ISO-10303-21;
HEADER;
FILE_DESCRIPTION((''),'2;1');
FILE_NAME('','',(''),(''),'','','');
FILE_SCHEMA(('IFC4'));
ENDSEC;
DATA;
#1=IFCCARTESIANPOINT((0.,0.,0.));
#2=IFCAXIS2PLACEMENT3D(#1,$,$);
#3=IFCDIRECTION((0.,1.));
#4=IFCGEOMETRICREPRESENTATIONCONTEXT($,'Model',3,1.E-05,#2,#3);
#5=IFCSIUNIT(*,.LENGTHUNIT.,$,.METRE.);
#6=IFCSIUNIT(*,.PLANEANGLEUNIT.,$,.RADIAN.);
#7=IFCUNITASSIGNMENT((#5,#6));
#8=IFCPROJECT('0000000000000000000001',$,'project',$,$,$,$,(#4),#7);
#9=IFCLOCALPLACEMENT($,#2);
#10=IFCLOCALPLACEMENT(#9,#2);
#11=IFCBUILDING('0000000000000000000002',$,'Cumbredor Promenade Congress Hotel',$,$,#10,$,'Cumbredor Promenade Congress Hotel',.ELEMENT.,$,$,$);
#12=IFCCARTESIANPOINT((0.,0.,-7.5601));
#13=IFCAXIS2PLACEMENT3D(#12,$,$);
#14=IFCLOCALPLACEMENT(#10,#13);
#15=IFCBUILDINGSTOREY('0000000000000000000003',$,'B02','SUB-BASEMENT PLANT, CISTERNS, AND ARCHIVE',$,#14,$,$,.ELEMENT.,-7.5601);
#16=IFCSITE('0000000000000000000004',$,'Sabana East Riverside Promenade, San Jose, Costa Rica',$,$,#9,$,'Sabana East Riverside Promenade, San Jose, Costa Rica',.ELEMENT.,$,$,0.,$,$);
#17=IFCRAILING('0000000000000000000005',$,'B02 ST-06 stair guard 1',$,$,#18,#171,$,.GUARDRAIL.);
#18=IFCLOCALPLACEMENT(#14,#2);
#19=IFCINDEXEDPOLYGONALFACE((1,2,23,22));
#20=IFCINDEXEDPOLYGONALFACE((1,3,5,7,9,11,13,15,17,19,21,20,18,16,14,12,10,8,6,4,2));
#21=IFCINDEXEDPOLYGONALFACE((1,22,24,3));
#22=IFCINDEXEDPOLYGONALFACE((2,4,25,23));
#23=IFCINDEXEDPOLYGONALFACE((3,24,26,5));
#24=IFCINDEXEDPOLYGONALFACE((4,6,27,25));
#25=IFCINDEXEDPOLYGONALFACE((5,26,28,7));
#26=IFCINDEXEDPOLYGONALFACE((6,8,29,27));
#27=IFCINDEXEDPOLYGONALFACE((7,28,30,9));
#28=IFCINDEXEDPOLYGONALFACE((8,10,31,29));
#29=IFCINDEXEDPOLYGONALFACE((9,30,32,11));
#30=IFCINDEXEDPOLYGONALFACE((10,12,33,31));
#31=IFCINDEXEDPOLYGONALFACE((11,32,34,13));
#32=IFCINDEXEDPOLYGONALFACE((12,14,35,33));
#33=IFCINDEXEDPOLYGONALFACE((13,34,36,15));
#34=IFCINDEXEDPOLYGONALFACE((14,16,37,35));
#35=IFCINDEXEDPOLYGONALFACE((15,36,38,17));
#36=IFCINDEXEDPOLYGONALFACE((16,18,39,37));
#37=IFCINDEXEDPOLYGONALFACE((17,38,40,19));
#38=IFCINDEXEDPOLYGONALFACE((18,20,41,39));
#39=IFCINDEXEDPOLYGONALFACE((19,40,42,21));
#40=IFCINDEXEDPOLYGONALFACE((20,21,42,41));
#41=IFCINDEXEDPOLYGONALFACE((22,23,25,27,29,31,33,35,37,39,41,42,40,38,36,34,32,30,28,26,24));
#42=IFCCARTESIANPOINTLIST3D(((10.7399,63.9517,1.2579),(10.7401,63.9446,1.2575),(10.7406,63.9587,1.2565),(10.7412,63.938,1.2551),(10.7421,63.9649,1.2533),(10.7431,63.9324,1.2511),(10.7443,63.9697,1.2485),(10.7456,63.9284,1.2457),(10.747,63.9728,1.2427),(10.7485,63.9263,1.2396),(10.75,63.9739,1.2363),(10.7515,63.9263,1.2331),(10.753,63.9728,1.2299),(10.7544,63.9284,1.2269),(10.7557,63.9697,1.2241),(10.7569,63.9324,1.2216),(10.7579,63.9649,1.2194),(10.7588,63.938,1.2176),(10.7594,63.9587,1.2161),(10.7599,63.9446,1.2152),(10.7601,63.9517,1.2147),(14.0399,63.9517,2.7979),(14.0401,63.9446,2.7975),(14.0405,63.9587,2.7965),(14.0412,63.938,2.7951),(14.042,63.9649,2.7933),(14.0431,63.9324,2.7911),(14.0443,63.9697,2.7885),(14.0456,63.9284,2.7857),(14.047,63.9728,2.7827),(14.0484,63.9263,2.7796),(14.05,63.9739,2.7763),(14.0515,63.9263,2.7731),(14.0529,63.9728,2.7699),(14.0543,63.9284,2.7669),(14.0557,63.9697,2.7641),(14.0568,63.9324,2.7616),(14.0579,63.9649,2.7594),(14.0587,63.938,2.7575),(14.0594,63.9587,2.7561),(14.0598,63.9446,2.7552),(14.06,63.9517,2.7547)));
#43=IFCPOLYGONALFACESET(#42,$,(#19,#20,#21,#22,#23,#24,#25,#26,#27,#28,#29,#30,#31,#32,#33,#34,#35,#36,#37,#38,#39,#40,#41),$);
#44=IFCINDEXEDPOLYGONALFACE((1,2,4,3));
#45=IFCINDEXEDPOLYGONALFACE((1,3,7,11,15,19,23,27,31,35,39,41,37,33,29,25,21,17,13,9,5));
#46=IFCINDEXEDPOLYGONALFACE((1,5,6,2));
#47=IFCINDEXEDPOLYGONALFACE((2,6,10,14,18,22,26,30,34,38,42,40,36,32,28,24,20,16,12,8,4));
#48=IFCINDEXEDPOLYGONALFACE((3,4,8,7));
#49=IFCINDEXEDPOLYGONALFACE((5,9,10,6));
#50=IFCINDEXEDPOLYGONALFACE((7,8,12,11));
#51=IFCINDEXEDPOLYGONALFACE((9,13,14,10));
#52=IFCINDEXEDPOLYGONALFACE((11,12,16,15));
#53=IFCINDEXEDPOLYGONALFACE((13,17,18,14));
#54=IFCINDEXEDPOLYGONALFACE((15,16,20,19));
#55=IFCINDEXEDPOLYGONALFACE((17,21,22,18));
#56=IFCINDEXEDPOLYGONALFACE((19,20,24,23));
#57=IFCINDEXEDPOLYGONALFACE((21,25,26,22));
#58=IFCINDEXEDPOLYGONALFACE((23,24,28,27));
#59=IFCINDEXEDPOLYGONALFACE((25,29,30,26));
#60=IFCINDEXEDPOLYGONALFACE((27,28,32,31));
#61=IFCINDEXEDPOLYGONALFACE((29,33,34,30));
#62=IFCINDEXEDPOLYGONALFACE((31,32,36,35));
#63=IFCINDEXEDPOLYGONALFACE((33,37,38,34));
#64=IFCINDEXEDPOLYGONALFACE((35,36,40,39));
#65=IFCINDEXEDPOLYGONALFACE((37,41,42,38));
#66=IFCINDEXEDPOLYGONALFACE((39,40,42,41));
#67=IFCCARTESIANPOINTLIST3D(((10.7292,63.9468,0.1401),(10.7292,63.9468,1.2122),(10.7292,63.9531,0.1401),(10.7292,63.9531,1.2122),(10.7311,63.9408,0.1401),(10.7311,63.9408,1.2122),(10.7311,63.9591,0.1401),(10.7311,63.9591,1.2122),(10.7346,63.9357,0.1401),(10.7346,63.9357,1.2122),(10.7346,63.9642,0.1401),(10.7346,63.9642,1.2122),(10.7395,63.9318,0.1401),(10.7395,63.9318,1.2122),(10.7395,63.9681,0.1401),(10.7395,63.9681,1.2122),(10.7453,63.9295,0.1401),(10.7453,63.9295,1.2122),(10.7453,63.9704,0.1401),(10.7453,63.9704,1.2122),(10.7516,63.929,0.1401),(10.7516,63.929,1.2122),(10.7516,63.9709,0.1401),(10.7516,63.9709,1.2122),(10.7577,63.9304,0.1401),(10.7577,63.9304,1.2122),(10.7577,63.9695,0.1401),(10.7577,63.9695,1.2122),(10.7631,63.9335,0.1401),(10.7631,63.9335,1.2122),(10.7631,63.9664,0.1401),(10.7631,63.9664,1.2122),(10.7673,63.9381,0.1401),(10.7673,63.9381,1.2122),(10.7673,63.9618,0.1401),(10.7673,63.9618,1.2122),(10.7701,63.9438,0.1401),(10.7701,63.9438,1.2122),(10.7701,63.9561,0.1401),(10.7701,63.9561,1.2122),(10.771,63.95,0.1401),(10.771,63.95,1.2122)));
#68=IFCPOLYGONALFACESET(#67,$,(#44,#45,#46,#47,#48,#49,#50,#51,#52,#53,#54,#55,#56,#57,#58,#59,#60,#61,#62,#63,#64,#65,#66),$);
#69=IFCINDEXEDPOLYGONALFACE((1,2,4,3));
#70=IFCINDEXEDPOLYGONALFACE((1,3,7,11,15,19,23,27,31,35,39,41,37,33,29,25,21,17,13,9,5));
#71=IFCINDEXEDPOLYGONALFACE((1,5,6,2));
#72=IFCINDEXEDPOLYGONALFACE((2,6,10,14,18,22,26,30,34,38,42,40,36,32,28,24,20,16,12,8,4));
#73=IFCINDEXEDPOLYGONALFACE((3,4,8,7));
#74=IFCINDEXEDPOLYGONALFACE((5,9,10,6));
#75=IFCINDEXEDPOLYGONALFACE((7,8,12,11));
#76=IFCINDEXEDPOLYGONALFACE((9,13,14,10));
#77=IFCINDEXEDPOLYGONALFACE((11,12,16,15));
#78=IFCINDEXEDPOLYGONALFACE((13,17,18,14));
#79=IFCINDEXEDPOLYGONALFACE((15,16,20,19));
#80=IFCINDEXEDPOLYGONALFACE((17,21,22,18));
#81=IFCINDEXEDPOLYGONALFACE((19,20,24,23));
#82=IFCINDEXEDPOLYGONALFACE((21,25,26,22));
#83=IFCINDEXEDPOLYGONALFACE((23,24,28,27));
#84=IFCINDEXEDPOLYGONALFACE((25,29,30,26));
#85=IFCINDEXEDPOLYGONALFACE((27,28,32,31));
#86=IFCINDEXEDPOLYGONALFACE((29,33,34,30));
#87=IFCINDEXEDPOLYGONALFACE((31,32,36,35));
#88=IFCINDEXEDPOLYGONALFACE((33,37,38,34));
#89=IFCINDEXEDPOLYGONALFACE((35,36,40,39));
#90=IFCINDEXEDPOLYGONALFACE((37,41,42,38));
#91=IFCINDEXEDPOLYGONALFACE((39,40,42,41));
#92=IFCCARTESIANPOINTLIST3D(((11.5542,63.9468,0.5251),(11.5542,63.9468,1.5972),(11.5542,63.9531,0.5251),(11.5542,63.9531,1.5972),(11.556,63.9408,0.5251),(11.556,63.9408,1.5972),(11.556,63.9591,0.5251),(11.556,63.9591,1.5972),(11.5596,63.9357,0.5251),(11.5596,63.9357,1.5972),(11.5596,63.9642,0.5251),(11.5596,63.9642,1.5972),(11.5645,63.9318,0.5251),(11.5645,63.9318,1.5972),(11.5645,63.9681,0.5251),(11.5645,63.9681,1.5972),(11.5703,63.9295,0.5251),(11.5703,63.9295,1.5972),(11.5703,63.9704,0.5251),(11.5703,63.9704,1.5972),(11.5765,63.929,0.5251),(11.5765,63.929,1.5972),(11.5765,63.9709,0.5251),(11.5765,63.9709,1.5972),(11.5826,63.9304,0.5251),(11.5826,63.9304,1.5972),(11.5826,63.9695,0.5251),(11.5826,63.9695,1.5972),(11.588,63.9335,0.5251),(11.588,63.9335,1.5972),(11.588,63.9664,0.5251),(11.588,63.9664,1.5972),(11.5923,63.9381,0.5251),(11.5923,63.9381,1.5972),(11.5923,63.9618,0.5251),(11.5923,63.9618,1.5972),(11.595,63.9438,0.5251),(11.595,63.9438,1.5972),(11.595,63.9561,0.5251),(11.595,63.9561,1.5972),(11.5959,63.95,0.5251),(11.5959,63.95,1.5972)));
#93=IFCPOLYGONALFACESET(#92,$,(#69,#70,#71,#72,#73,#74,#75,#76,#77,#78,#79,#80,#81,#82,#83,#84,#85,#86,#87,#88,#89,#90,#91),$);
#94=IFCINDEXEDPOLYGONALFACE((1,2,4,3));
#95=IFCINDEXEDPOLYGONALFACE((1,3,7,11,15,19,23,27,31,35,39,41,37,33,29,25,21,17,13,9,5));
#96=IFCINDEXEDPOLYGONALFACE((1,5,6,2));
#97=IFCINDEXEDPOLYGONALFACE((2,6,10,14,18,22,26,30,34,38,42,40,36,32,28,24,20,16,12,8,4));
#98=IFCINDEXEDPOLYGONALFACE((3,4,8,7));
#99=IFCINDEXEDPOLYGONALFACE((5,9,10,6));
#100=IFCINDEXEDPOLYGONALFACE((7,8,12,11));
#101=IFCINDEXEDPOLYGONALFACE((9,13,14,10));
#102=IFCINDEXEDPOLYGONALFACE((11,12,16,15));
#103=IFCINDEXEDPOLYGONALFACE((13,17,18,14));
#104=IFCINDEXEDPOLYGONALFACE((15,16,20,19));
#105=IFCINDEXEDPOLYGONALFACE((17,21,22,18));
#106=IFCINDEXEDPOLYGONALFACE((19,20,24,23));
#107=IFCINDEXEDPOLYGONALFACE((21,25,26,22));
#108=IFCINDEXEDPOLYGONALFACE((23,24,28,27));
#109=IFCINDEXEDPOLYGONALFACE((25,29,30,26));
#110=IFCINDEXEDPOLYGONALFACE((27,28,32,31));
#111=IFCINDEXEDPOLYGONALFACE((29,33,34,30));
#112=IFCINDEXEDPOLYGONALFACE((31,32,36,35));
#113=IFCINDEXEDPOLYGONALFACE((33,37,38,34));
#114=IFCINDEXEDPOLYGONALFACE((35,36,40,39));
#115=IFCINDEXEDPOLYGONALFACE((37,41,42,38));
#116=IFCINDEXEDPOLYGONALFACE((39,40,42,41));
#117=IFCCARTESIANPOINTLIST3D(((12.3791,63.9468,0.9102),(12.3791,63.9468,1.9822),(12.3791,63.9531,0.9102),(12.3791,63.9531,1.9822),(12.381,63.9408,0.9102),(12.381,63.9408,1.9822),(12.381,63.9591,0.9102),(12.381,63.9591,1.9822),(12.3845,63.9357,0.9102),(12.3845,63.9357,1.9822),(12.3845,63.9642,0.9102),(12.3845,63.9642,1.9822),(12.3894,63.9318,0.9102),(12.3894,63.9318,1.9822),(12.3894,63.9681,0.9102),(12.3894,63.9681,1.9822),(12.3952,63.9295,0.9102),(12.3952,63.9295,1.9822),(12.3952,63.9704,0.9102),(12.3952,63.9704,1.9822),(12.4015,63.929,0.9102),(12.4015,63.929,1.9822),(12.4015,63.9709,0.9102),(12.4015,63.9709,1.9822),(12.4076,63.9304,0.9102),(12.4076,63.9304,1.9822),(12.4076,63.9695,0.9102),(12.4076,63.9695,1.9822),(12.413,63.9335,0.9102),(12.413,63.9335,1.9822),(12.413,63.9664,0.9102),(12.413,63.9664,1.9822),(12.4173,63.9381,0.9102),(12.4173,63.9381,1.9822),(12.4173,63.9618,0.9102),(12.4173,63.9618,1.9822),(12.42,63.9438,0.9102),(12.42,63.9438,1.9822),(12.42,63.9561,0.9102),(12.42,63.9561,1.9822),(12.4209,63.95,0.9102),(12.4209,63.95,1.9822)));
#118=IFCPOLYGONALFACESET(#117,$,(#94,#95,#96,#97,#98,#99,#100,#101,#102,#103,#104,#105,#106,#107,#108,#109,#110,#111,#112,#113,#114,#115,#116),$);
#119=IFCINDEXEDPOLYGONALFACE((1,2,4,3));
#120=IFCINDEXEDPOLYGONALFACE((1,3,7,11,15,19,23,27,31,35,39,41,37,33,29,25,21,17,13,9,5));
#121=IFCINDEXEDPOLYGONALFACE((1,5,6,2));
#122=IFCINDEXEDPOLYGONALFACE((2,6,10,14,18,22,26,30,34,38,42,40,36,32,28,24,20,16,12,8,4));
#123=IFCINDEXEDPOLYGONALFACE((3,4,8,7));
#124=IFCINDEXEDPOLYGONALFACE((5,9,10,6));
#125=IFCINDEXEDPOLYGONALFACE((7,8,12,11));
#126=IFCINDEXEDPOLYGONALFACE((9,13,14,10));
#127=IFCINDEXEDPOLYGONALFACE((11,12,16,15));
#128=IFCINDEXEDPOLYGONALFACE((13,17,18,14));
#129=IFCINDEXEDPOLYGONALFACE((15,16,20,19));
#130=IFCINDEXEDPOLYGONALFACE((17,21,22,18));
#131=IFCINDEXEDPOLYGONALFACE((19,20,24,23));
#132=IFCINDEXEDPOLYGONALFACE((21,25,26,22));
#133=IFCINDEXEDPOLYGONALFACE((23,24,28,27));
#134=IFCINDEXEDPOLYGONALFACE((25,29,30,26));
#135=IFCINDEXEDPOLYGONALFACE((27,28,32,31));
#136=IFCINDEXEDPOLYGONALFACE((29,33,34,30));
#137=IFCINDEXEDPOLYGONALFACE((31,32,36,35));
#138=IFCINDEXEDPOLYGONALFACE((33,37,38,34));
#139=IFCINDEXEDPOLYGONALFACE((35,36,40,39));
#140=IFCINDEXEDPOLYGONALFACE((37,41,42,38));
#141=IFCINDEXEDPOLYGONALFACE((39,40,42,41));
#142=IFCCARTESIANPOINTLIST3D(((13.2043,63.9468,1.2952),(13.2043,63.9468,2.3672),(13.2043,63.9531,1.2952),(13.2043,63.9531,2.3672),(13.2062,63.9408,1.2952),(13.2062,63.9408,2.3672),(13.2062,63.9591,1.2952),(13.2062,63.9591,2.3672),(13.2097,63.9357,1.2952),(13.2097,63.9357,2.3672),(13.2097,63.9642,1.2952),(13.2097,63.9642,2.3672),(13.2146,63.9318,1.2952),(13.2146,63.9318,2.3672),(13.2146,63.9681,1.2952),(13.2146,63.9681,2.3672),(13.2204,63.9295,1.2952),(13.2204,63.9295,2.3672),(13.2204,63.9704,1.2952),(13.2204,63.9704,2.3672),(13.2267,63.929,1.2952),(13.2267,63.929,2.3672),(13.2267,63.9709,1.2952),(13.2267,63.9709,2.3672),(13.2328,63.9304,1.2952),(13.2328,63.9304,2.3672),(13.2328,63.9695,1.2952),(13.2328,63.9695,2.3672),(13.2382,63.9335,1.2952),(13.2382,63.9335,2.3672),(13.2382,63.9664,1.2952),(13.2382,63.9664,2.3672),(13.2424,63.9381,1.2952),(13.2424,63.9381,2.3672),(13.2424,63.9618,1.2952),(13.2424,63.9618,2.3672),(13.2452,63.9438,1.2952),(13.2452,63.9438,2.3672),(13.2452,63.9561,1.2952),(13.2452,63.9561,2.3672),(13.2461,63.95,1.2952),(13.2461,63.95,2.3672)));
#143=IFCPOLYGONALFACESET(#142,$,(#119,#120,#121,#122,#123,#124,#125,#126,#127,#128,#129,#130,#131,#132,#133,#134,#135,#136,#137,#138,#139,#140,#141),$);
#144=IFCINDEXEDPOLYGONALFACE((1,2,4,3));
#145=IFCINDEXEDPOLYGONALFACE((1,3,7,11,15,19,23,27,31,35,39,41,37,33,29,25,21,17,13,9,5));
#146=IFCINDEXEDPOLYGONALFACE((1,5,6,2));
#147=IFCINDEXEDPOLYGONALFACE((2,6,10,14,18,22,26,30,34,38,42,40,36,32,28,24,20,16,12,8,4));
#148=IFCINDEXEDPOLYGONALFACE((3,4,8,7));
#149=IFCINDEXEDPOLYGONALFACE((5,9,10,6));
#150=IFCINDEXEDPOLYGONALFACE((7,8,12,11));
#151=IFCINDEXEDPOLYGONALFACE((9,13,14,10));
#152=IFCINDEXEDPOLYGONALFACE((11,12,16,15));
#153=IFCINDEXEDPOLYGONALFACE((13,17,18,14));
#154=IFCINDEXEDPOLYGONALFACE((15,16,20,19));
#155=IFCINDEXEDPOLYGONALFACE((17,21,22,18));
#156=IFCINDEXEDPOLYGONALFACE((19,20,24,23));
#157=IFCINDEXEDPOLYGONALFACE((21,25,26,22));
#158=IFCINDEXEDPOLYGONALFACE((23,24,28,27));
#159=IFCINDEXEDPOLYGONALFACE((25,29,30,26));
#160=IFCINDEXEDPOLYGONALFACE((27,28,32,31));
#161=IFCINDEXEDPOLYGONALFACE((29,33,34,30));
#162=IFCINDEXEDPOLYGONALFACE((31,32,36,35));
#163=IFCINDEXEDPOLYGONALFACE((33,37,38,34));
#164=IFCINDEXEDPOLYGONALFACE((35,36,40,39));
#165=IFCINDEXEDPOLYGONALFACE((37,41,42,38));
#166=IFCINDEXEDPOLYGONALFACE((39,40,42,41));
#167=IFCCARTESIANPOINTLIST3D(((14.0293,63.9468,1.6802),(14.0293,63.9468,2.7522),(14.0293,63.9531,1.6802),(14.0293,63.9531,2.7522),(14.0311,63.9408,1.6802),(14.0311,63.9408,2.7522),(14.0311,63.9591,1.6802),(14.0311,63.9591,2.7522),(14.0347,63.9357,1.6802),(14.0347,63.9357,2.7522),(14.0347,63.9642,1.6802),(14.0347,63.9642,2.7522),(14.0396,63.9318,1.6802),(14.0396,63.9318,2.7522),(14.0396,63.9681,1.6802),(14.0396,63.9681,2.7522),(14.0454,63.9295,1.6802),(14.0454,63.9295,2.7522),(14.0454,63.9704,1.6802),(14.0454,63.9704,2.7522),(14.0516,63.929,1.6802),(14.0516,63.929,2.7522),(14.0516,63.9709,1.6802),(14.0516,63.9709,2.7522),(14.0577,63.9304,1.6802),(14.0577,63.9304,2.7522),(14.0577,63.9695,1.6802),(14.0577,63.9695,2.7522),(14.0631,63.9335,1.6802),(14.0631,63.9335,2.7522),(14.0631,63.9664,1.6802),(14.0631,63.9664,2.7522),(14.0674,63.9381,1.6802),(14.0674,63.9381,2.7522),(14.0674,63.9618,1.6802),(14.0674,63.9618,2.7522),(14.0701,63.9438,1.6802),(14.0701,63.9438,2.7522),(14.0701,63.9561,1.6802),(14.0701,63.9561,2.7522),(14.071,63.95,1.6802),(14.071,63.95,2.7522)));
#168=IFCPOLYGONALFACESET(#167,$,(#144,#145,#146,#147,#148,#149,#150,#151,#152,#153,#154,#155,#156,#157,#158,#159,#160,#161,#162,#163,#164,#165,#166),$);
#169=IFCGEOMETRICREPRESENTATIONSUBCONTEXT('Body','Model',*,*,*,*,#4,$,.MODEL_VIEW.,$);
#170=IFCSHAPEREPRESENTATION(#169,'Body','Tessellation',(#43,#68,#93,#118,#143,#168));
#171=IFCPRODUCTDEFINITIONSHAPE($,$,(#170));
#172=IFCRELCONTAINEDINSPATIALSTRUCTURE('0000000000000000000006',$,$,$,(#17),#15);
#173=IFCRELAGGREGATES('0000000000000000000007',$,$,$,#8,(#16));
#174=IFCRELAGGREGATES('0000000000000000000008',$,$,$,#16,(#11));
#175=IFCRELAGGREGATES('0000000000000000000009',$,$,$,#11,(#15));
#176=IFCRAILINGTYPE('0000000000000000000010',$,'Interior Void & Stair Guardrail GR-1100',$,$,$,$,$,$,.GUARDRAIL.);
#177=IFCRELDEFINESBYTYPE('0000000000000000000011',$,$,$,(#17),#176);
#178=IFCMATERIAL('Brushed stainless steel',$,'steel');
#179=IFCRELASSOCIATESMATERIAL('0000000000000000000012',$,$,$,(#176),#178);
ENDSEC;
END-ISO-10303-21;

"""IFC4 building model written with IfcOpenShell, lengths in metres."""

from ifc_helpers import new_model, si_unit, direction, frame, origin, origin_2d, place, context, subcontext, project, spatial, circle, extrude, material, type_object, element, save


model = new_model("IFC4")

# Units and contexts
model_context = context("Model", 3, precision=1e-05, world=origin(), true_north=direction((0.0, 1.0)))
body_context = subcontext(model_context, "Body", "Model", "MODEL_VIEW")
ifc_project = project(units=[si_unit("LENGTHUNIT", "METRE"), si_unit("PLANEANGLEUNIT", "RADIAN")], contexts=[model_context])

# Site, building, storey
site_placement = place(None, origin())
site = spatial("IfcSite", under=ifc_project, at=site_placement, Name="Sabana East Riverside Promenade, San Jose, Costa Rica", LongName="Sabana East Riverside Promenade, San Jose, Costa Rica", CompositionType="ELEMENT", RefElevation=0.0)
building_placement = place(site_placement, origin())
building = spatial("IfcBuilding", under=site, at=building_placement, Name="Cumbredor Promenade Congress Hotel", LongName="Cumbredor Promenade Congress Hotel", CompositionType="ELEMENT")
storey_placement = place(building_placement, frame((0.0, 0.0, -7.5601)))
storey = spatial("IfcBuildingStorey", under=building, at=storey_placement, Name="B02", Description="SUB-BASEMENT PLANT, CISTERNS, AND ARCHIVE", CompositionType="ELEMENT", Elevation=-7.5601)

# Shared definitions
ifc_material_1 = material(Name="Brushed stainless steel", Category="steel")

# Railing
railing_type_1 = type_object("IfcRailingType", Name="Interior Void & Stair Guardrail GR-1100", PredefinedType="GUARDRAIL", material=ifc_material_1)
railing_1_placement = place(storey_placement, frame((10.75, 63.95, 0.1401)))
element("IfcRailing", 1, at=railing_1_placement, inside=storey, type_object=railing_type_1, Name="B02 ST-06 stair guard 1", PredefinedType="GUARDRAIL", context=body_context, shape_type="SweptSolid", body=[
    extrude(circle(Radius=0.0239, at=origin_2d()), frame((0.0, 0.0, 1.0962), z_axis=(0.906181, 0.0, 0.422889), x_axis=(0.0, 1.0, 0.0)), (0.0, 0.0, 1.0), 3.6416),
    extrude(circle(Radius=0.021, at=origin_2d()), origin(), (0.0, 0.0, 1.0), 1.072),
    extrude(circle(Radius=0.021, at=origin_2d()), frame((0.825, 0.0, 0.385)), (0.0, 0.0, 1.0), 1.072),
    extrude(circle(Radius=0.021, at=origin_2d()), frame((1.6499, 0.0, 0.77)), (0.0, 0.0, 1.0), 1.072),
    extrude(circle(Radius=0.021, at=origin_2d()), frame((2.4751, 0.0, 1.155)), (0.0, 0.0, 1.0), 1.072),
    extrude(circle(Radius=0.021, at=origin_2d()), frame((3.3, 0.0, 1.54)), (0.0, 0.0, 1.0), 1.072),
])

save(model, "model.ifc")
